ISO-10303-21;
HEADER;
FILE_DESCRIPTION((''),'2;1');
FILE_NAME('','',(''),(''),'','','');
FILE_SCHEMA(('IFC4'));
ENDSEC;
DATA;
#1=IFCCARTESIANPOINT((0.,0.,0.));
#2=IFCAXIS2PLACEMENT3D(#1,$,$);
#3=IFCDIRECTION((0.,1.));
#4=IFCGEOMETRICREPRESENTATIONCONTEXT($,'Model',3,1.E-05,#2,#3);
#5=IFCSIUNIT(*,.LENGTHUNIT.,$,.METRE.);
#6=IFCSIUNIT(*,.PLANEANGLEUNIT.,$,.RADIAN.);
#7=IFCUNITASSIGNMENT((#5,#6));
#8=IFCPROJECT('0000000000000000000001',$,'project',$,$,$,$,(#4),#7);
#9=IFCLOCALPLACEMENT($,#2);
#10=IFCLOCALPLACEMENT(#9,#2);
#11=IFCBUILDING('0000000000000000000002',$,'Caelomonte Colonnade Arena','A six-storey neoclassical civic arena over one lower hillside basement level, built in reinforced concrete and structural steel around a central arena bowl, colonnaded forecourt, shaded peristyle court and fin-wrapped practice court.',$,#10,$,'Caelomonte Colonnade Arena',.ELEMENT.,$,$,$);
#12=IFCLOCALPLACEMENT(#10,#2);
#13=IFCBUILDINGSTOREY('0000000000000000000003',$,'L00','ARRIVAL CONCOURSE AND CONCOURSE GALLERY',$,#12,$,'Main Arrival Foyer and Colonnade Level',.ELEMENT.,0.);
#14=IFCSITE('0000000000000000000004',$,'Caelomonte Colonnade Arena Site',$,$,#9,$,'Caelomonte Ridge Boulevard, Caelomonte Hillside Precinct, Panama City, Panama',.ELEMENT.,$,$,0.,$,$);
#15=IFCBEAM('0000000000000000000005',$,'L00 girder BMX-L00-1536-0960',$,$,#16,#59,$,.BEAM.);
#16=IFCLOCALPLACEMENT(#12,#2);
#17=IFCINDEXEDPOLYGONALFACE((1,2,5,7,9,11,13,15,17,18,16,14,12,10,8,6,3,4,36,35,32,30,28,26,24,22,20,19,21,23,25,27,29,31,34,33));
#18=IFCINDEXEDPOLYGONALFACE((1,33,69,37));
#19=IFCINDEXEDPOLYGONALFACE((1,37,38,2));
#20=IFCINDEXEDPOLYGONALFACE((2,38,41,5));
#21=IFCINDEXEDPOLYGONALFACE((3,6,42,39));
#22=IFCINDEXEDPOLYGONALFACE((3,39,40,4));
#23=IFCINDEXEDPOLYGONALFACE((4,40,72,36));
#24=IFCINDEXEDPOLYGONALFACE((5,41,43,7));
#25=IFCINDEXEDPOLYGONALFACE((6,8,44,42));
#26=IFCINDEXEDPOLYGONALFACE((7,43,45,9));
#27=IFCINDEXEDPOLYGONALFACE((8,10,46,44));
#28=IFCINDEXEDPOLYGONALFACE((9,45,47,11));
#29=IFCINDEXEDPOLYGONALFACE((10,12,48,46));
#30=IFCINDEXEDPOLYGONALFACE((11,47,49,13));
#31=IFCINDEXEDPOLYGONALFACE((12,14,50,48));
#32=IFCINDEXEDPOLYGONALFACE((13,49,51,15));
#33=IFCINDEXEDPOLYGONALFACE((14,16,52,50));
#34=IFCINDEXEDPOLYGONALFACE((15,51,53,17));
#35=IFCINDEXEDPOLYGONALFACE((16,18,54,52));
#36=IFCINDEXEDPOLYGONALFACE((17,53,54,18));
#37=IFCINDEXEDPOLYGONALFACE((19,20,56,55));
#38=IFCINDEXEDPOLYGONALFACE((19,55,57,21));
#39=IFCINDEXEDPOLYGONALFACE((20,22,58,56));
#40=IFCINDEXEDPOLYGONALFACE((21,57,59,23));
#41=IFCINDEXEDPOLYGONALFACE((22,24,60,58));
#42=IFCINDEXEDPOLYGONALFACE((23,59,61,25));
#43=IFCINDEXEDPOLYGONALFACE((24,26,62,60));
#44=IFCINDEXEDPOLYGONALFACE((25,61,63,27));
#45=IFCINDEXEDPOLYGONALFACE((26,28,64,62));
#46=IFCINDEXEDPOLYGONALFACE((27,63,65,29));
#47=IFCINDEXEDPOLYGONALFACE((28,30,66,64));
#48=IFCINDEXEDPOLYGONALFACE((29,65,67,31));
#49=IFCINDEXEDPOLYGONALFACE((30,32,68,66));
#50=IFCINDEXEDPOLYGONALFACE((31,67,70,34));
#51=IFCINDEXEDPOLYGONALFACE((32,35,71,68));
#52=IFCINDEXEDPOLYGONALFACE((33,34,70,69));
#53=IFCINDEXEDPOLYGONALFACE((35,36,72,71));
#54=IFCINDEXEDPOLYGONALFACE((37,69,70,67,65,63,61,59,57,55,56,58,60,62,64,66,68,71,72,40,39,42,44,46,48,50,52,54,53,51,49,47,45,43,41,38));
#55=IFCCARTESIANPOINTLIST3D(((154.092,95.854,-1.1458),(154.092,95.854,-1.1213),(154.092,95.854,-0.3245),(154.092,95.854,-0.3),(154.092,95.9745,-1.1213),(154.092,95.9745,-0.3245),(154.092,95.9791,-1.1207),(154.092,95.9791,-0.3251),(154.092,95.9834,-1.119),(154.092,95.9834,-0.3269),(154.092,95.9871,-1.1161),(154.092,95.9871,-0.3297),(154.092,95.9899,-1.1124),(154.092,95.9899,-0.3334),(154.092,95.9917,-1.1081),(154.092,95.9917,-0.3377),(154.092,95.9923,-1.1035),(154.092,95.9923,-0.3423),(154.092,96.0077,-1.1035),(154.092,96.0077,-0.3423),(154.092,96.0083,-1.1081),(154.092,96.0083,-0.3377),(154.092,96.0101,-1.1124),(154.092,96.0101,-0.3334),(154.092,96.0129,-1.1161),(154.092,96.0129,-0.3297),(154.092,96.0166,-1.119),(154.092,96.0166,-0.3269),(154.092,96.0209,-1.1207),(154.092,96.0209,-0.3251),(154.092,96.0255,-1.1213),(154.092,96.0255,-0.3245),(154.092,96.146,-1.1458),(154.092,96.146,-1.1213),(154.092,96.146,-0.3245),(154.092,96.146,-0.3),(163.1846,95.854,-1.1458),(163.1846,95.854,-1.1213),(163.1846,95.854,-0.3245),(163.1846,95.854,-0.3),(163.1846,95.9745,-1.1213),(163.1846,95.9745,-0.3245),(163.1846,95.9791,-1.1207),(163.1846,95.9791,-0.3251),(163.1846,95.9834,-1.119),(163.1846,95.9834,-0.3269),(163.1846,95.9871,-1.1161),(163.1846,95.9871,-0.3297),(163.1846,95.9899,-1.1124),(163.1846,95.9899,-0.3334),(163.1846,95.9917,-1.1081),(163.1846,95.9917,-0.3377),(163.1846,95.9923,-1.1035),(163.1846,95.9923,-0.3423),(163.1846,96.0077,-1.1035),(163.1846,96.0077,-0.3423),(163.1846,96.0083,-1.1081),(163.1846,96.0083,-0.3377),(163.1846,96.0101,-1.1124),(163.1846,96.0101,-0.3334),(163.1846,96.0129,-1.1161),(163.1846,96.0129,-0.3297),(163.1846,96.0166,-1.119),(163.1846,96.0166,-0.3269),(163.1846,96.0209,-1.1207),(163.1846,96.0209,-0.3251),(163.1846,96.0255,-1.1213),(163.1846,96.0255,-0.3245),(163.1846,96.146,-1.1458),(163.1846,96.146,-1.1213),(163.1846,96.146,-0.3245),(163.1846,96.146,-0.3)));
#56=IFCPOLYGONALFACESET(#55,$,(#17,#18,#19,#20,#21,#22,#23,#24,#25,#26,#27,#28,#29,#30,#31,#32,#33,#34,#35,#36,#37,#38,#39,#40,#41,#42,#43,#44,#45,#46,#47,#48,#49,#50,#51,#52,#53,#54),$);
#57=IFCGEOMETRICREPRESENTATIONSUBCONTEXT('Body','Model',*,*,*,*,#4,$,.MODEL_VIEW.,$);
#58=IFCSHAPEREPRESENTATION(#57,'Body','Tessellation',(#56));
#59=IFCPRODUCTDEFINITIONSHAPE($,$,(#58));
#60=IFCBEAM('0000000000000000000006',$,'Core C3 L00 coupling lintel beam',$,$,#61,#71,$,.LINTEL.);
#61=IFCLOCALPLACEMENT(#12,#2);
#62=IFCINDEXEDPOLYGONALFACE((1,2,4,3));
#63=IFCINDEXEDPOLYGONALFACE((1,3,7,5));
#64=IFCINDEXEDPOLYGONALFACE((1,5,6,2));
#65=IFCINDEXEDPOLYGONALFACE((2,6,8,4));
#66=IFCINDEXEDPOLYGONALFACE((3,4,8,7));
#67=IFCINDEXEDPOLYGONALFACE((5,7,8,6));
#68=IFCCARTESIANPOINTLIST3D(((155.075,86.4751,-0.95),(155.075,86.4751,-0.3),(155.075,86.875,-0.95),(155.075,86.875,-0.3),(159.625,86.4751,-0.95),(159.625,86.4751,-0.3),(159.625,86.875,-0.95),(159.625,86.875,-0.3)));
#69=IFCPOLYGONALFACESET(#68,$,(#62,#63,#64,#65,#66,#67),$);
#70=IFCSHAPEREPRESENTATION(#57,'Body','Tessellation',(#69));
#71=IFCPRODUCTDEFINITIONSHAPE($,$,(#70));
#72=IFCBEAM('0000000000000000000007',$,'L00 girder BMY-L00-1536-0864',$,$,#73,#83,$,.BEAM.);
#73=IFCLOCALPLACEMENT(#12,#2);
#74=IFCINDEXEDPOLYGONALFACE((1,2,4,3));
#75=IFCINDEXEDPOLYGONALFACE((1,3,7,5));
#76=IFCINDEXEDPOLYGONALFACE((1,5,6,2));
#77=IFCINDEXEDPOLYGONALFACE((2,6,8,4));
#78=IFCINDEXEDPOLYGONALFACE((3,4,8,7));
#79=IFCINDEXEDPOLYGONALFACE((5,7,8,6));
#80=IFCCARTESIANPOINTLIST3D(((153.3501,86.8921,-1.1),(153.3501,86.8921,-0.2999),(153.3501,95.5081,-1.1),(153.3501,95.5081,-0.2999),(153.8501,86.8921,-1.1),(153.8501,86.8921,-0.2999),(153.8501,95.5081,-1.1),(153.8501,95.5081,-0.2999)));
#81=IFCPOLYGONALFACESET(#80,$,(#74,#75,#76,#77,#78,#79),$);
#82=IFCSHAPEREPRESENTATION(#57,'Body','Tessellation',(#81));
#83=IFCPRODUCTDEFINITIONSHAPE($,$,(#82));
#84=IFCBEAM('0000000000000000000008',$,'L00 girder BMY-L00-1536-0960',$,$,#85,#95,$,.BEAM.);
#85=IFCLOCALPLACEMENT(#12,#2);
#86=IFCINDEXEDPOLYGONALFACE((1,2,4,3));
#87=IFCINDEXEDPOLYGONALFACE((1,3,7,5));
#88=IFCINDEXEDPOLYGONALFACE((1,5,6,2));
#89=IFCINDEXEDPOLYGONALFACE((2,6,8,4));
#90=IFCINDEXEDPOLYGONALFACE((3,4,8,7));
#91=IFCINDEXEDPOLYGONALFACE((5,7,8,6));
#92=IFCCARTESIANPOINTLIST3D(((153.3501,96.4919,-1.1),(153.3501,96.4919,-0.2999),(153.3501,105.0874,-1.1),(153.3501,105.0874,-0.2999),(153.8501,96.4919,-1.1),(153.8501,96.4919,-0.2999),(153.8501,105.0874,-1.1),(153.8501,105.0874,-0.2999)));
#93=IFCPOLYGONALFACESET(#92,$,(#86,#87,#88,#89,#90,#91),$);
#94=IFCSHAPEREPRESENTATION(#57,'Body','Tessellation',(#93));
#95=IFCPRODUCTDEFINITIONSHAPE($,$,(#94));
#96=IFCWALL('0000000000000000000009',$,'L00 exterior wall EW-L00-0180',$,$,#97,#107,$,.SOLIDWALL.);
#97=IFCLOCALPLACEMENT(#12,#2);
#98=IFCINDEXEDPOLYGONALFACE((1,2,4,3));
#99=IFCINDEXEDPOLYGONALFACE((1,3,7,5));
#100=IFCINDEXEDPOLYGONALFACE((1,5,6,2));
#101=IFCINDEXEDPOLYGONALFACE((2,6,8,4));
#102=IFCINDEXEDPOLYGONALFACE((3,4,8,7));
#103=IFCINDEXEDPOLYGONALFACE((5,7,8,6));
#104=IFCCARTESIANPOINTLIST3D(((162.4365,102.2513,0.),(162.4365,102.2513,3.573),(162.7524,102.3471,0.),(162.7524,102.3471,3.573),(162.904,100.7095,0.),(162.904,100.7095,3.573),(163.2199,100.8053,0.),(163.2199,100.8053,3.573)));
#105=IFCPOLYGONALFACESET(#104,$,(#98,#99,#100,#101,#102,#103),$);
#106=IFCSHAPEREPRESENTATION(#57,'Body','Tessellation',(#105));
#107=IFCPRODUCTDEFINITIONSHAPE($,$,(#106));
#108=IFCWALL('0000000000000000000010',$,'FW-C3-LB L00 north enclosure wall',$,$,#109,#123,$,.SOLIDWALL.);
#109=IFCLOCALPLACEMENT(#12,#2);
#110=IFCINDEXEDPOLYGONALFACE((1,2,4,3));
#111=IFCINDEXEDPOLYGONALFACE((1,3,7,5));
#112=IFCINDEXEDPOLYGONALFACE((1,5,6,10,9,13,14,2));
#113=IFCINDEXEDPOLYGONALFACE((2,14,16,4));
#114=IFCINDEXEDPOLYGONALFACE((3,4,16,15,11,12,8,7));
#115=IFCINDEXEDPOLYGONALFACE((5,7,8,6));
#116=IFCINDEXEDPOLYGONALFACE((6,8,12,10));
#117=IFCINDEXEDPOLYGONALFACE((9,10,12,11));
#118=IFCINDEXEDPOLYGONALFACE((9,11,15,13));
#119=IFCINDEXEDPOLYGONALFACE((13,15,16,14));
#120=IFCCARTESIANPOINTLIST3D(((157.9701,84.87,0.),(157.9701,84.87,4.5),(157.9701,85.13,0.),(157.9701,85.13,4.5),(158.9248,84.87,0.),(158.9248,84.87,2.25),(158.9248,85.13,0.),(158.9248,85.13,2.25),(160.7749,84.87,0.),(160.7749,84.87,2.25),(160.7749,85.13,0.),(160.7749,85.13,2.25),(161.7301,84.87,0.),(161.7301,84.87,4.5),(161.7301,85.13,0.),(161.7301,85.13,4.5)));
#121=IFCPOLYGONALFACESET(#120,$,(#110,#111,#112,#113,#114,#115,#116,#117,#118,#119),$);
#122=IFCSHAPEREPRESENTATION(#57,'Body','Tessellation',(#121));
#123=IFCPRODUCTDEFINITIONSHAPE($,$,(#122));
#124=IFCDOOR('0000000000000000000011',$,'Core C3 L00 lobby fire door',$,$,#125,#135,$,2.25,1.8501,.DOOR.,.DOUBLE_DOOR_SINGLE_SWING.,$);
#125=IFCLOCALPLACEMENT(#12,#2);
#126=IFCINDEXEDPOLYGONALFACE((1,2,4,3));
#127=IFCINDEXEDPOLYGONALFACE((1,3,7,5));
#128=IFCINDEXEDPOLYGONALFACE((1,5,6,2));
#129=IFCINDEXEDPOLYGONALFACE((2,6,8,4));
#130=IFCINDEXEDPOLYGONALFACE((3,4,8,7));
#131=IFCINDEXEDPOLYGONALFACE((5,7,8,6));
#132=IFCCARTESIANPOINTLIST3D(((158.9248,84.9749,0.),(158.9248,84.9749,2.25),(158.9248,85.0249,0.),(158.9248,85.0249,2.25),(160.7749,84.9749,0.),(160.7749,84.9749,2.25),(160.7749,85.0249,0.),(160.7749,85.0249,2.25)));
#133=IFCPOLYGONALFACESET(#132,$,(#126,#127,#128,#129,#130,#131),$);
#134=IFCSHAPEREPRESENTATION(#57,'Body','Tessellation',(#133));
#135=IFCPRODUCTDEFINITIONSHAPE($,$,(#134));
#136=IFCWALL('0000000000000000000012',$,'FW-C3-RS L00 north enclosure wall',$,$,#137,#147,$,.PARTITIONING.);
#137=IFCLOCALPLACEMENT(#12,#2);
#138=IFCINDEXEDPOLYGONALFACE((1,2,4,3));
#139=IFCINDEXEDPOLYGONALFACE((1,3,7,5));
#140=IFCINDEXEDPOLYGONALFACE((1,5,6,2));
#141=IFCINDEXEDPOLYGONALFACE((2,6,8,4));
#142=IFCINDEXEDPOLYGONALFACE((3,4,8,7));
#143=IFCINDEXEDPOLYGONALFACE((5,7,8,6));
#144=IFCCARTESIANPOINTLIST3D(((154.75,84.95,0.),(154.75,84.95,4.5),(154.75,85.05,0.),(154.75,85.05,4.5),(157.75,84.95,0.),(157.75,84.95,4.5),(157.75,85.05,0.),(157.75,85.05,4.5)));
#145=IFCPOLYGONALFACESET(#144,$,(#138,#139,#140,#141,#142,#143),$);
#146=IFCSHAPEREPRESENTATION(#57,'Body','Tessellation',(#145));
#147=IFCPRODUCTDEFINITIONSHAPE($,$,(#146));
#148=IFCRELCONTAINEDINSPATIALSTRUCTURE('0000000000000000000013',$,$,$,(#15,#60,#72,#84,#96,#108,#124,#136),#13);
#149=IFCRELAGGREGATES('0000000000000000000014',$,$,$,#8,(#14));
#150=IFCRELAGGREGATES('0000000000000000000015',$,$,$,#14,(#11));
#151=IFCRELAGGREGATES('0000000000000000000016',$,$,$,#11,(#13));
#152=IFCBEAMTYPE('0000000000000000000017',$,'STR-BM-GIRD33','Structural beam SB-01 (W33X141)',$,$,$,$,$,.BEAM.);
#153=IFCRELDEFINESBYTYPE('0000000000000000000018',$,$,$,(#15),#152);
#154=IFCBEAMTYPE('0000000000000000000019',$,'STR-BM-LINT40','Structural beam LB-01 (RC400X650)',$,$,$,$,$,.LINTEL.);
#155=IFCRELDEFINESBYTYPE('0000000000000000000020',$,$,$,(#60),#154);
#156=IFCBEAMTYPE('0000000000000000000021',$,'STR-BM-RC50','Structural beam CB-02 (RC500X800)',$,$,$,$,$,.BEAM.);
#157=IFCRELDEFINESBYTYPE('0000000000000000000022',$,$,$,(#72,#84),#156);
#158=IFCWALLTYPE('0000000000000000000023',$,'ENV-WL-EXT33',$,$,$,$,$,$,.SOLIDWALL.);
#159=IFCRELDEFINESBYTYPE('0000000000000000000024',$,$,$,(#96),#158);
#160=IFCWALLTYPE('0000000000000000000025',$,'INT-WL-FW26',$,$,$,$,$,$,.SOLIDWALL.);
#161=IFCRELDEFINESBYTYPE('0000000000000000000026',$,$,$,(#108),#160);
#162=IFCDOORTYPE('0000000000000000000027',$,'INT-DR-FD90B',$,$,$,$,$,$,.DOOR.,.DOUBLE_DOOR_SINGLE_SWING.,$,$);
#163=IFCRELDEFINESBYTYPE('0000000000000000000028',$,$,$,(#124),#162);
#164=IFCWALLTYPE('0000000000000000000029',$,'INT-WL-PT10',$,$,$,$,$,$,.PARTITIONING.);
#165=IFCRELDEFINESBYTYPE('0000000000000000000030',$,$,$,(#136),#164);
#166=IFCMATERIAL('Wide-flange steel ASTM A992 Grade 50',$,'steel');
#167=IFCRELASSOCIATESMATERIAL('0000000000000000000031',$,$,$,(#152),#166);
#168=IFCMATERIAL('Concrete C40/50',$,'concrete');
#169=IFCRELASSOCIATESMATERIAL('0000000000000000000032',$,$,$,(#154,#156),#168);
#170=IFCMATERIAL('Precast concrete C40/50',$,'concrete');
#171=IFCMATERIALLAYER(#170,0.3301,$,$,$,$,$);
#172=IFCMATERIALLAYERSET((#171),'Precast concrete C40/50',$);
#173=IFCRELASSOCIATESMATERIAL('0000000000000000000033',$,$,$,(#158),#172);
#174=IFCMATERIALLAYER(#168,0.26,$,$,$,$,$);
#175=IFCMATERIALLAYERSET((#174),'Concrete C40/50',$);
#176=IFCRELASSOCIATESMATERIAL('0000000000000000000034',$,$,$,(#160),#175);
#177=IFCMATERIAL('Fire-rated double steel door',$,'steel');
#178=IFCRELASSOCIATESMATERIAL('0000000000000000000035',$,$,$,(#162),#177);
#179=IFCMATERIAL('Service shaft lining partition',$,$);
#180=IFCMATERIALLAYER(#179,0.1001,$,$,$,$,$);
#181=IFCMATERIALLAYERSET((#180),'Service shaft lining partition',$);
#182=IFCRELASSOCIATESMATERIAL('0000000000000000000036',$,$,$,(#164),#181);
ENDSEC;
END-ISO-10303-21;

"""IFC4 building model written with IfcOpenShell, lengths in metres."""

from ifc_helpers import new_model, si_unit, direction, frame, frame_2d, origin, origin_2d, place, context, subcontext, project, spatial, rectangle, i_section, extrude, material, layer, layer_set, material_profile, profile_set, type_object, element, fill, save


model = new_model("IFC4")

# Units and contexts
model_context = context("Model", 3, precision=1e-05, world=origin(), true_north=direction((0.0, 1.0)))
body_context = subcontext(model_context, "Body", "Model", "MODEL_VIEW")
ifc_project = project(units=[si_unit("LENGTHUNIT", "METRE"), si_unit("PLANEANGLEUNIT", "RADIAN")], contexts=[model_context])

# Site, building, storey
site_placement = place(None, origin())
site = spatial("IfcSite", under=ifc_project, at=site_placement, Name="Caelomonte Colonnade Arena Site", LongName="Caelomonte Ridge Boulevard, Caelomonte Hillside Precinct, Panama City, Panama", CompositionType="ELEMENT", RefElevation=0.0)
building_placement = place(site_placement, origin())
building = spatial("IfcBuilding", under=site, at=building_placement, Name="Caelomonte Colonnade Arena", Description="A six-storey neoclassical civic arena over one lower hillside basement level, built in reinforced concrete and structural steel around a central arena bowl, colonnaded forecourt, shaded peristyle court and fin-wrapped practice court.", LongName="Caelomonte Colonnade Arena", CompositionType="ELEMENT")
storey_placement = place(building_placement, origin())
storey = spatial("IfcBuildingStorey", under=building, at=storey_placement, Name="L00", Description="ARRIVAL CONCOURSE AND CONCOURSE GALLERY", LongName="Main Arrival Foyer and Colonnade Level", CompositionType="ELEMENT", Elevation=0.0)

# Beams
ifc_material_1 = material(Name="Wide-flange steel ASTM A992 Grade 50", Category="steel")
ifc_material_profile_1 = material_profile(ifc_material_1, i_section(OverallWidth=0.292, OverallDepth=0.8457, WebThickness=0.0154, FlangeThickness=0.0244, FilletRadius=0.0178, at=origin_2d()), Name="W33X141")
ifc_profile_set_1 = profile_set([ifc_material_profile_1], Name="Wide-flange steel ASTM A992 Grade 50")
beam_type_1 = type_object("IfcBeamType", Name="STR-BM-GIRD33", Description="Structural beam SB-01 (W33X141)", PredefinedType="BEAM", material=ifc_profile_set_1)
for number, where, z_axis, x_axis, name in (
    (1, (154.092, 96.0, -0.7229), (1.0, 0.0, 0.0), (0.0, 1.0, 0.0), "L00 girder BMX-L00-1536-0960"),
):
    element("IfcBeam", number, at=place(storey_placement, frame(where, z_axis=z_axis, x_axis=x_axis)), inside=storey, type_object=beam_type_1, Name=name, PredefinedType="BEAM", context=body_context, shape_type="SweptSolid", body=[
        extrude(i_section(OverallWidth=0.292, OverallDepth=0.8457, WebThickness=0.0154, FlangeThickness=0.0244, FilletRadius=0.0178, at=origin_2d()), origin(), (0.0, 0.0, 1.0), 9.0925),
    ])
ifc_material_2 = material(Name="Concrete C40/50", Category="concrete")
ifc_material_profile_2 = material_profile(ifc_material_2, rectangle(XDim=0.3999, YDim=0.6499, at=origin_2d()), Name="RC400X650")
ifc_profile_set_2 = profile_set([ifc_material_profile_2], Name="Concrete C40/50")
beam_type_2 = type_object("IfcBeamType", Name="STR-BM-LINT40", Description="Structural beam LB-01 (RC400X650)", PredefinedType="LINTEL", material=ifc_profile_set_2)
beam_1_placement = place(storey_placement, frame((155.075, 86.675, -0.625), z_axis=(1.0, 0.0, 0.0), x_axis=(0.0, 1.0, 0.0)))
element("IfcBeam", 2, at=beam_1_placement, inside=storey, type_object=beam_type_2, Name="Core C3 L00 coupling lintel beam", PredefinedType="LINTEL", context=body_context, shape_type="SweptSolid", body=[
    extrude(rectangle(XDim=0.3999, YDim=0.6499, at=origin_2d()), origin(), (0.0, 0.0, 1.0), 4.55),
])
ifc_material_profile_3 = material_profile(ifc_material_2, rectangle(XDim=0.5, YDim=0.8, at=origin_2d()), Name="RC500X800")
ifc_profile_set_3 = profile_set([ifc_material_profile_3], Name="Concrete C40/50")
beam_type_3 = type_object("IfcBeamType", Name="STR-BM-RC50", Description="Structural beam CB-02 (RC500X800)", PredefinedType="BEAM", material=ifc_profile_set_3)
beam_2_placement = place(storey_placement, frame((153.6001, 86.8921, -0.7), z_axis=(0.0, 1.0, 0.0), x_axis=(-1.0, 0.0, 0.0)))
element("IfcBeam", 3, at=beam_2_placement, inside=storey, type_object=beam_type_3, Name="L00 girder BMY-L00-1536-0864", PredefinedType="BEAM", context=body_context, shape_type="SweptSolid", body=[
    extrude(rectangle(XDim=0.5, YDim=0.8, at=origin_2d()), origin(), (0.0, 0.0, 1.0), 8.616),
])
beam_3_placement = place(storey_placement, frame((153.6001, 96.4919, -0.7), z_axis=(0.0, 1.0, 0.0), x_axis=(-1.0, 0.0, 0.0)))
element("IfcBeam", 4, at=beam_3_placement, inside=storey, type_object=beam_type_3, Name="L00 girder BMY-L00-1536-0960", PredefinedType="BEAM", context=body_context, shape_type="SweptSolid", body=[
    extrude(rectangle(XDim=0.5, YDim=0.8, at=origin_2d()), origin(), (0.0, 0.0, 1.0), 8.5955),
])

# Wall
ifc_material_3 = material(Name="Precast concrete C40/50", Category="concrete")
ifc_layer_1 = layer(ifc_material_3, 0.3301)
ifc_layer_set_1 = layer_set([ifc_layer_1], Name="Precast concrete C40/50")
wall_type_1 = type_object("IfcWallType", Name="ENV-WL-EXT33", PredefinedType="SOLIDWALL", material=ifc_layer_set_1)
wall_1_placement = place(storey_placement, frame((163.062, 100.7573, 0.0), z_axis=(0.0, 0.0, 1.0), x_axis=(-0.290197, 0.956967, 0.0)))
element("IfcWall", 5, at=wall_1_placement, inside=storey, type_object=wall_type_1, Name="L00 exterior wall EW-L00-0180", PredefinedType="SOLIDWALL", context=body_context, shape_type="SweptSolid", body=[
    extrude(rectangle(XDim=1.6111, YDim=0.3301, at=frame_2d((0.8057, 0.0))), origin(), (0.0, 0.0, 1.0), 3.573),
])

# Wall, opening, door
ifc_layer_2 = layer(ifc_material_2, 0.26)
ifc_layer_set_2 = layer_set([ifc_layer_2], Name="Concrete C40/50")
wall_type_2 = type_object("IfcWallType", Name="INT-WL-FW26", PredefinedType="SOLIDWALL", material=ifc_layer_set_2)
wall_2_placement = place(storey_placement, frame((161.73, 85.0, 0.0), z_axis=(0.0, 0.0, 1.0), x_axis=(-1.0, 0.0, 0.0)))
wall_2 = element("IfcWall", 6, at=wall_2_placement, inside=storey, type_object=wall_type_2, Name="FW-C3-LB L00 north enclosure wall", PredefinedType="SOLIDWALL", context=body_context, shape_type="SweptSolid", body=[
    extrude(rectangle(XDim=3.76, YDim=0.26, at=frame_2d((1.8799, 0.0))), origin(), (0.0, 0.0, 1.0), 4.5),
])
opening_1_placement = place(wall_2_placement, frame((2.8052, 0.0, 0.0), z_axis=(0.0, 0.0, 1.0), x_axis=(-1.0, 0.0, 0.0)))
opening_1 = element("IfcOpeningElement", 7, at=opening_1_placement, cuts=wall_2, PredefinedType="OPENING", context=body_context, shape_type="SweptSolid", body=[
    extrude(rectangle(XDim=1.8501, YDim=2.25, at=frame_2d((0.925, 1.125))), frame((0.0, 0.1399, 0.0), z_axis=(0.0, -1.0, 0.0), x_axis=(1.0, 0.0, 0.0)), (0.0, 0.0, 1.0), 0.28),
])
ifc_material_4 = material(Name="Fire-rated double steel door", Category="steel")
door_type_1 = type_object("IfcDoorType", Name="INT-DR-FD90B", OperationType="DOUBLE_DOOR_SINGLE_SWING", PredefinedType="DOOR", material=ifc_material_4)
door_1_placement = place(opening_1_placement, origin())
door_1 = element("IfcDoor", 8, at=door_1_placement, inside=storey, type_object=door_type_1, Name="Core C3 L00 lobby fire door", OperationType="DOUBLE_DOOR_SINGLE_SWING", OverallHeight=2.25, OverallWidth=1.8501, PredefinedType="DOOR", context=body_context, shape_type="SweptSolid", body=[
    extrude(rectangle(XDim=1.8501, YDim=2.25, at=frame_2d((0.925, 1.125))), frame((0.0, 0.0249, 0.0), z_axis=(0.0, -1.0, 0.0), x_axis=(1.0, 0.0, 0.0)), (0.0, 0.0, 1.0), 0.05),
])
fill(opening_1, door_1)

# Wall
ifc_material_5 = material(Name="Service shaft lining partition")
ifc_layer_3 = layer(ifc_material_5, 0.1001)
ifc_layer_set_3 = layer_set([ifc_layer_3], Name="Service shaft lining partition")
wall_type_3 = type_object("IfcWallType", Name="INT-WL-PT10", PredefinedType="PARTITIONING", material=ifc_layer_set_3)
wall_3_placement = place(storey_placement, frame((157.75, 85.0, 0.0), z_axis=(0.0, 0.0, 1.0), x_axis=(-1.0, 0.0, 0.0)))
element("IfcWall", 9, at=wall_3_placement, inside=storey, type_object=wall_type_3, Name="FW-C3-RS L00 north enclosure wall", PredefinedType="PARTITIONING", context=body_context, shape_type="SweptSolid", body=[
    extrude(rectangle(XDim=3.0, YDim=0.1001, at=frame_2d((1.5, 0.0))), origin(), (0.0, 0.0, 1.0), 4.5),
])

save(model, "model.ifc")
